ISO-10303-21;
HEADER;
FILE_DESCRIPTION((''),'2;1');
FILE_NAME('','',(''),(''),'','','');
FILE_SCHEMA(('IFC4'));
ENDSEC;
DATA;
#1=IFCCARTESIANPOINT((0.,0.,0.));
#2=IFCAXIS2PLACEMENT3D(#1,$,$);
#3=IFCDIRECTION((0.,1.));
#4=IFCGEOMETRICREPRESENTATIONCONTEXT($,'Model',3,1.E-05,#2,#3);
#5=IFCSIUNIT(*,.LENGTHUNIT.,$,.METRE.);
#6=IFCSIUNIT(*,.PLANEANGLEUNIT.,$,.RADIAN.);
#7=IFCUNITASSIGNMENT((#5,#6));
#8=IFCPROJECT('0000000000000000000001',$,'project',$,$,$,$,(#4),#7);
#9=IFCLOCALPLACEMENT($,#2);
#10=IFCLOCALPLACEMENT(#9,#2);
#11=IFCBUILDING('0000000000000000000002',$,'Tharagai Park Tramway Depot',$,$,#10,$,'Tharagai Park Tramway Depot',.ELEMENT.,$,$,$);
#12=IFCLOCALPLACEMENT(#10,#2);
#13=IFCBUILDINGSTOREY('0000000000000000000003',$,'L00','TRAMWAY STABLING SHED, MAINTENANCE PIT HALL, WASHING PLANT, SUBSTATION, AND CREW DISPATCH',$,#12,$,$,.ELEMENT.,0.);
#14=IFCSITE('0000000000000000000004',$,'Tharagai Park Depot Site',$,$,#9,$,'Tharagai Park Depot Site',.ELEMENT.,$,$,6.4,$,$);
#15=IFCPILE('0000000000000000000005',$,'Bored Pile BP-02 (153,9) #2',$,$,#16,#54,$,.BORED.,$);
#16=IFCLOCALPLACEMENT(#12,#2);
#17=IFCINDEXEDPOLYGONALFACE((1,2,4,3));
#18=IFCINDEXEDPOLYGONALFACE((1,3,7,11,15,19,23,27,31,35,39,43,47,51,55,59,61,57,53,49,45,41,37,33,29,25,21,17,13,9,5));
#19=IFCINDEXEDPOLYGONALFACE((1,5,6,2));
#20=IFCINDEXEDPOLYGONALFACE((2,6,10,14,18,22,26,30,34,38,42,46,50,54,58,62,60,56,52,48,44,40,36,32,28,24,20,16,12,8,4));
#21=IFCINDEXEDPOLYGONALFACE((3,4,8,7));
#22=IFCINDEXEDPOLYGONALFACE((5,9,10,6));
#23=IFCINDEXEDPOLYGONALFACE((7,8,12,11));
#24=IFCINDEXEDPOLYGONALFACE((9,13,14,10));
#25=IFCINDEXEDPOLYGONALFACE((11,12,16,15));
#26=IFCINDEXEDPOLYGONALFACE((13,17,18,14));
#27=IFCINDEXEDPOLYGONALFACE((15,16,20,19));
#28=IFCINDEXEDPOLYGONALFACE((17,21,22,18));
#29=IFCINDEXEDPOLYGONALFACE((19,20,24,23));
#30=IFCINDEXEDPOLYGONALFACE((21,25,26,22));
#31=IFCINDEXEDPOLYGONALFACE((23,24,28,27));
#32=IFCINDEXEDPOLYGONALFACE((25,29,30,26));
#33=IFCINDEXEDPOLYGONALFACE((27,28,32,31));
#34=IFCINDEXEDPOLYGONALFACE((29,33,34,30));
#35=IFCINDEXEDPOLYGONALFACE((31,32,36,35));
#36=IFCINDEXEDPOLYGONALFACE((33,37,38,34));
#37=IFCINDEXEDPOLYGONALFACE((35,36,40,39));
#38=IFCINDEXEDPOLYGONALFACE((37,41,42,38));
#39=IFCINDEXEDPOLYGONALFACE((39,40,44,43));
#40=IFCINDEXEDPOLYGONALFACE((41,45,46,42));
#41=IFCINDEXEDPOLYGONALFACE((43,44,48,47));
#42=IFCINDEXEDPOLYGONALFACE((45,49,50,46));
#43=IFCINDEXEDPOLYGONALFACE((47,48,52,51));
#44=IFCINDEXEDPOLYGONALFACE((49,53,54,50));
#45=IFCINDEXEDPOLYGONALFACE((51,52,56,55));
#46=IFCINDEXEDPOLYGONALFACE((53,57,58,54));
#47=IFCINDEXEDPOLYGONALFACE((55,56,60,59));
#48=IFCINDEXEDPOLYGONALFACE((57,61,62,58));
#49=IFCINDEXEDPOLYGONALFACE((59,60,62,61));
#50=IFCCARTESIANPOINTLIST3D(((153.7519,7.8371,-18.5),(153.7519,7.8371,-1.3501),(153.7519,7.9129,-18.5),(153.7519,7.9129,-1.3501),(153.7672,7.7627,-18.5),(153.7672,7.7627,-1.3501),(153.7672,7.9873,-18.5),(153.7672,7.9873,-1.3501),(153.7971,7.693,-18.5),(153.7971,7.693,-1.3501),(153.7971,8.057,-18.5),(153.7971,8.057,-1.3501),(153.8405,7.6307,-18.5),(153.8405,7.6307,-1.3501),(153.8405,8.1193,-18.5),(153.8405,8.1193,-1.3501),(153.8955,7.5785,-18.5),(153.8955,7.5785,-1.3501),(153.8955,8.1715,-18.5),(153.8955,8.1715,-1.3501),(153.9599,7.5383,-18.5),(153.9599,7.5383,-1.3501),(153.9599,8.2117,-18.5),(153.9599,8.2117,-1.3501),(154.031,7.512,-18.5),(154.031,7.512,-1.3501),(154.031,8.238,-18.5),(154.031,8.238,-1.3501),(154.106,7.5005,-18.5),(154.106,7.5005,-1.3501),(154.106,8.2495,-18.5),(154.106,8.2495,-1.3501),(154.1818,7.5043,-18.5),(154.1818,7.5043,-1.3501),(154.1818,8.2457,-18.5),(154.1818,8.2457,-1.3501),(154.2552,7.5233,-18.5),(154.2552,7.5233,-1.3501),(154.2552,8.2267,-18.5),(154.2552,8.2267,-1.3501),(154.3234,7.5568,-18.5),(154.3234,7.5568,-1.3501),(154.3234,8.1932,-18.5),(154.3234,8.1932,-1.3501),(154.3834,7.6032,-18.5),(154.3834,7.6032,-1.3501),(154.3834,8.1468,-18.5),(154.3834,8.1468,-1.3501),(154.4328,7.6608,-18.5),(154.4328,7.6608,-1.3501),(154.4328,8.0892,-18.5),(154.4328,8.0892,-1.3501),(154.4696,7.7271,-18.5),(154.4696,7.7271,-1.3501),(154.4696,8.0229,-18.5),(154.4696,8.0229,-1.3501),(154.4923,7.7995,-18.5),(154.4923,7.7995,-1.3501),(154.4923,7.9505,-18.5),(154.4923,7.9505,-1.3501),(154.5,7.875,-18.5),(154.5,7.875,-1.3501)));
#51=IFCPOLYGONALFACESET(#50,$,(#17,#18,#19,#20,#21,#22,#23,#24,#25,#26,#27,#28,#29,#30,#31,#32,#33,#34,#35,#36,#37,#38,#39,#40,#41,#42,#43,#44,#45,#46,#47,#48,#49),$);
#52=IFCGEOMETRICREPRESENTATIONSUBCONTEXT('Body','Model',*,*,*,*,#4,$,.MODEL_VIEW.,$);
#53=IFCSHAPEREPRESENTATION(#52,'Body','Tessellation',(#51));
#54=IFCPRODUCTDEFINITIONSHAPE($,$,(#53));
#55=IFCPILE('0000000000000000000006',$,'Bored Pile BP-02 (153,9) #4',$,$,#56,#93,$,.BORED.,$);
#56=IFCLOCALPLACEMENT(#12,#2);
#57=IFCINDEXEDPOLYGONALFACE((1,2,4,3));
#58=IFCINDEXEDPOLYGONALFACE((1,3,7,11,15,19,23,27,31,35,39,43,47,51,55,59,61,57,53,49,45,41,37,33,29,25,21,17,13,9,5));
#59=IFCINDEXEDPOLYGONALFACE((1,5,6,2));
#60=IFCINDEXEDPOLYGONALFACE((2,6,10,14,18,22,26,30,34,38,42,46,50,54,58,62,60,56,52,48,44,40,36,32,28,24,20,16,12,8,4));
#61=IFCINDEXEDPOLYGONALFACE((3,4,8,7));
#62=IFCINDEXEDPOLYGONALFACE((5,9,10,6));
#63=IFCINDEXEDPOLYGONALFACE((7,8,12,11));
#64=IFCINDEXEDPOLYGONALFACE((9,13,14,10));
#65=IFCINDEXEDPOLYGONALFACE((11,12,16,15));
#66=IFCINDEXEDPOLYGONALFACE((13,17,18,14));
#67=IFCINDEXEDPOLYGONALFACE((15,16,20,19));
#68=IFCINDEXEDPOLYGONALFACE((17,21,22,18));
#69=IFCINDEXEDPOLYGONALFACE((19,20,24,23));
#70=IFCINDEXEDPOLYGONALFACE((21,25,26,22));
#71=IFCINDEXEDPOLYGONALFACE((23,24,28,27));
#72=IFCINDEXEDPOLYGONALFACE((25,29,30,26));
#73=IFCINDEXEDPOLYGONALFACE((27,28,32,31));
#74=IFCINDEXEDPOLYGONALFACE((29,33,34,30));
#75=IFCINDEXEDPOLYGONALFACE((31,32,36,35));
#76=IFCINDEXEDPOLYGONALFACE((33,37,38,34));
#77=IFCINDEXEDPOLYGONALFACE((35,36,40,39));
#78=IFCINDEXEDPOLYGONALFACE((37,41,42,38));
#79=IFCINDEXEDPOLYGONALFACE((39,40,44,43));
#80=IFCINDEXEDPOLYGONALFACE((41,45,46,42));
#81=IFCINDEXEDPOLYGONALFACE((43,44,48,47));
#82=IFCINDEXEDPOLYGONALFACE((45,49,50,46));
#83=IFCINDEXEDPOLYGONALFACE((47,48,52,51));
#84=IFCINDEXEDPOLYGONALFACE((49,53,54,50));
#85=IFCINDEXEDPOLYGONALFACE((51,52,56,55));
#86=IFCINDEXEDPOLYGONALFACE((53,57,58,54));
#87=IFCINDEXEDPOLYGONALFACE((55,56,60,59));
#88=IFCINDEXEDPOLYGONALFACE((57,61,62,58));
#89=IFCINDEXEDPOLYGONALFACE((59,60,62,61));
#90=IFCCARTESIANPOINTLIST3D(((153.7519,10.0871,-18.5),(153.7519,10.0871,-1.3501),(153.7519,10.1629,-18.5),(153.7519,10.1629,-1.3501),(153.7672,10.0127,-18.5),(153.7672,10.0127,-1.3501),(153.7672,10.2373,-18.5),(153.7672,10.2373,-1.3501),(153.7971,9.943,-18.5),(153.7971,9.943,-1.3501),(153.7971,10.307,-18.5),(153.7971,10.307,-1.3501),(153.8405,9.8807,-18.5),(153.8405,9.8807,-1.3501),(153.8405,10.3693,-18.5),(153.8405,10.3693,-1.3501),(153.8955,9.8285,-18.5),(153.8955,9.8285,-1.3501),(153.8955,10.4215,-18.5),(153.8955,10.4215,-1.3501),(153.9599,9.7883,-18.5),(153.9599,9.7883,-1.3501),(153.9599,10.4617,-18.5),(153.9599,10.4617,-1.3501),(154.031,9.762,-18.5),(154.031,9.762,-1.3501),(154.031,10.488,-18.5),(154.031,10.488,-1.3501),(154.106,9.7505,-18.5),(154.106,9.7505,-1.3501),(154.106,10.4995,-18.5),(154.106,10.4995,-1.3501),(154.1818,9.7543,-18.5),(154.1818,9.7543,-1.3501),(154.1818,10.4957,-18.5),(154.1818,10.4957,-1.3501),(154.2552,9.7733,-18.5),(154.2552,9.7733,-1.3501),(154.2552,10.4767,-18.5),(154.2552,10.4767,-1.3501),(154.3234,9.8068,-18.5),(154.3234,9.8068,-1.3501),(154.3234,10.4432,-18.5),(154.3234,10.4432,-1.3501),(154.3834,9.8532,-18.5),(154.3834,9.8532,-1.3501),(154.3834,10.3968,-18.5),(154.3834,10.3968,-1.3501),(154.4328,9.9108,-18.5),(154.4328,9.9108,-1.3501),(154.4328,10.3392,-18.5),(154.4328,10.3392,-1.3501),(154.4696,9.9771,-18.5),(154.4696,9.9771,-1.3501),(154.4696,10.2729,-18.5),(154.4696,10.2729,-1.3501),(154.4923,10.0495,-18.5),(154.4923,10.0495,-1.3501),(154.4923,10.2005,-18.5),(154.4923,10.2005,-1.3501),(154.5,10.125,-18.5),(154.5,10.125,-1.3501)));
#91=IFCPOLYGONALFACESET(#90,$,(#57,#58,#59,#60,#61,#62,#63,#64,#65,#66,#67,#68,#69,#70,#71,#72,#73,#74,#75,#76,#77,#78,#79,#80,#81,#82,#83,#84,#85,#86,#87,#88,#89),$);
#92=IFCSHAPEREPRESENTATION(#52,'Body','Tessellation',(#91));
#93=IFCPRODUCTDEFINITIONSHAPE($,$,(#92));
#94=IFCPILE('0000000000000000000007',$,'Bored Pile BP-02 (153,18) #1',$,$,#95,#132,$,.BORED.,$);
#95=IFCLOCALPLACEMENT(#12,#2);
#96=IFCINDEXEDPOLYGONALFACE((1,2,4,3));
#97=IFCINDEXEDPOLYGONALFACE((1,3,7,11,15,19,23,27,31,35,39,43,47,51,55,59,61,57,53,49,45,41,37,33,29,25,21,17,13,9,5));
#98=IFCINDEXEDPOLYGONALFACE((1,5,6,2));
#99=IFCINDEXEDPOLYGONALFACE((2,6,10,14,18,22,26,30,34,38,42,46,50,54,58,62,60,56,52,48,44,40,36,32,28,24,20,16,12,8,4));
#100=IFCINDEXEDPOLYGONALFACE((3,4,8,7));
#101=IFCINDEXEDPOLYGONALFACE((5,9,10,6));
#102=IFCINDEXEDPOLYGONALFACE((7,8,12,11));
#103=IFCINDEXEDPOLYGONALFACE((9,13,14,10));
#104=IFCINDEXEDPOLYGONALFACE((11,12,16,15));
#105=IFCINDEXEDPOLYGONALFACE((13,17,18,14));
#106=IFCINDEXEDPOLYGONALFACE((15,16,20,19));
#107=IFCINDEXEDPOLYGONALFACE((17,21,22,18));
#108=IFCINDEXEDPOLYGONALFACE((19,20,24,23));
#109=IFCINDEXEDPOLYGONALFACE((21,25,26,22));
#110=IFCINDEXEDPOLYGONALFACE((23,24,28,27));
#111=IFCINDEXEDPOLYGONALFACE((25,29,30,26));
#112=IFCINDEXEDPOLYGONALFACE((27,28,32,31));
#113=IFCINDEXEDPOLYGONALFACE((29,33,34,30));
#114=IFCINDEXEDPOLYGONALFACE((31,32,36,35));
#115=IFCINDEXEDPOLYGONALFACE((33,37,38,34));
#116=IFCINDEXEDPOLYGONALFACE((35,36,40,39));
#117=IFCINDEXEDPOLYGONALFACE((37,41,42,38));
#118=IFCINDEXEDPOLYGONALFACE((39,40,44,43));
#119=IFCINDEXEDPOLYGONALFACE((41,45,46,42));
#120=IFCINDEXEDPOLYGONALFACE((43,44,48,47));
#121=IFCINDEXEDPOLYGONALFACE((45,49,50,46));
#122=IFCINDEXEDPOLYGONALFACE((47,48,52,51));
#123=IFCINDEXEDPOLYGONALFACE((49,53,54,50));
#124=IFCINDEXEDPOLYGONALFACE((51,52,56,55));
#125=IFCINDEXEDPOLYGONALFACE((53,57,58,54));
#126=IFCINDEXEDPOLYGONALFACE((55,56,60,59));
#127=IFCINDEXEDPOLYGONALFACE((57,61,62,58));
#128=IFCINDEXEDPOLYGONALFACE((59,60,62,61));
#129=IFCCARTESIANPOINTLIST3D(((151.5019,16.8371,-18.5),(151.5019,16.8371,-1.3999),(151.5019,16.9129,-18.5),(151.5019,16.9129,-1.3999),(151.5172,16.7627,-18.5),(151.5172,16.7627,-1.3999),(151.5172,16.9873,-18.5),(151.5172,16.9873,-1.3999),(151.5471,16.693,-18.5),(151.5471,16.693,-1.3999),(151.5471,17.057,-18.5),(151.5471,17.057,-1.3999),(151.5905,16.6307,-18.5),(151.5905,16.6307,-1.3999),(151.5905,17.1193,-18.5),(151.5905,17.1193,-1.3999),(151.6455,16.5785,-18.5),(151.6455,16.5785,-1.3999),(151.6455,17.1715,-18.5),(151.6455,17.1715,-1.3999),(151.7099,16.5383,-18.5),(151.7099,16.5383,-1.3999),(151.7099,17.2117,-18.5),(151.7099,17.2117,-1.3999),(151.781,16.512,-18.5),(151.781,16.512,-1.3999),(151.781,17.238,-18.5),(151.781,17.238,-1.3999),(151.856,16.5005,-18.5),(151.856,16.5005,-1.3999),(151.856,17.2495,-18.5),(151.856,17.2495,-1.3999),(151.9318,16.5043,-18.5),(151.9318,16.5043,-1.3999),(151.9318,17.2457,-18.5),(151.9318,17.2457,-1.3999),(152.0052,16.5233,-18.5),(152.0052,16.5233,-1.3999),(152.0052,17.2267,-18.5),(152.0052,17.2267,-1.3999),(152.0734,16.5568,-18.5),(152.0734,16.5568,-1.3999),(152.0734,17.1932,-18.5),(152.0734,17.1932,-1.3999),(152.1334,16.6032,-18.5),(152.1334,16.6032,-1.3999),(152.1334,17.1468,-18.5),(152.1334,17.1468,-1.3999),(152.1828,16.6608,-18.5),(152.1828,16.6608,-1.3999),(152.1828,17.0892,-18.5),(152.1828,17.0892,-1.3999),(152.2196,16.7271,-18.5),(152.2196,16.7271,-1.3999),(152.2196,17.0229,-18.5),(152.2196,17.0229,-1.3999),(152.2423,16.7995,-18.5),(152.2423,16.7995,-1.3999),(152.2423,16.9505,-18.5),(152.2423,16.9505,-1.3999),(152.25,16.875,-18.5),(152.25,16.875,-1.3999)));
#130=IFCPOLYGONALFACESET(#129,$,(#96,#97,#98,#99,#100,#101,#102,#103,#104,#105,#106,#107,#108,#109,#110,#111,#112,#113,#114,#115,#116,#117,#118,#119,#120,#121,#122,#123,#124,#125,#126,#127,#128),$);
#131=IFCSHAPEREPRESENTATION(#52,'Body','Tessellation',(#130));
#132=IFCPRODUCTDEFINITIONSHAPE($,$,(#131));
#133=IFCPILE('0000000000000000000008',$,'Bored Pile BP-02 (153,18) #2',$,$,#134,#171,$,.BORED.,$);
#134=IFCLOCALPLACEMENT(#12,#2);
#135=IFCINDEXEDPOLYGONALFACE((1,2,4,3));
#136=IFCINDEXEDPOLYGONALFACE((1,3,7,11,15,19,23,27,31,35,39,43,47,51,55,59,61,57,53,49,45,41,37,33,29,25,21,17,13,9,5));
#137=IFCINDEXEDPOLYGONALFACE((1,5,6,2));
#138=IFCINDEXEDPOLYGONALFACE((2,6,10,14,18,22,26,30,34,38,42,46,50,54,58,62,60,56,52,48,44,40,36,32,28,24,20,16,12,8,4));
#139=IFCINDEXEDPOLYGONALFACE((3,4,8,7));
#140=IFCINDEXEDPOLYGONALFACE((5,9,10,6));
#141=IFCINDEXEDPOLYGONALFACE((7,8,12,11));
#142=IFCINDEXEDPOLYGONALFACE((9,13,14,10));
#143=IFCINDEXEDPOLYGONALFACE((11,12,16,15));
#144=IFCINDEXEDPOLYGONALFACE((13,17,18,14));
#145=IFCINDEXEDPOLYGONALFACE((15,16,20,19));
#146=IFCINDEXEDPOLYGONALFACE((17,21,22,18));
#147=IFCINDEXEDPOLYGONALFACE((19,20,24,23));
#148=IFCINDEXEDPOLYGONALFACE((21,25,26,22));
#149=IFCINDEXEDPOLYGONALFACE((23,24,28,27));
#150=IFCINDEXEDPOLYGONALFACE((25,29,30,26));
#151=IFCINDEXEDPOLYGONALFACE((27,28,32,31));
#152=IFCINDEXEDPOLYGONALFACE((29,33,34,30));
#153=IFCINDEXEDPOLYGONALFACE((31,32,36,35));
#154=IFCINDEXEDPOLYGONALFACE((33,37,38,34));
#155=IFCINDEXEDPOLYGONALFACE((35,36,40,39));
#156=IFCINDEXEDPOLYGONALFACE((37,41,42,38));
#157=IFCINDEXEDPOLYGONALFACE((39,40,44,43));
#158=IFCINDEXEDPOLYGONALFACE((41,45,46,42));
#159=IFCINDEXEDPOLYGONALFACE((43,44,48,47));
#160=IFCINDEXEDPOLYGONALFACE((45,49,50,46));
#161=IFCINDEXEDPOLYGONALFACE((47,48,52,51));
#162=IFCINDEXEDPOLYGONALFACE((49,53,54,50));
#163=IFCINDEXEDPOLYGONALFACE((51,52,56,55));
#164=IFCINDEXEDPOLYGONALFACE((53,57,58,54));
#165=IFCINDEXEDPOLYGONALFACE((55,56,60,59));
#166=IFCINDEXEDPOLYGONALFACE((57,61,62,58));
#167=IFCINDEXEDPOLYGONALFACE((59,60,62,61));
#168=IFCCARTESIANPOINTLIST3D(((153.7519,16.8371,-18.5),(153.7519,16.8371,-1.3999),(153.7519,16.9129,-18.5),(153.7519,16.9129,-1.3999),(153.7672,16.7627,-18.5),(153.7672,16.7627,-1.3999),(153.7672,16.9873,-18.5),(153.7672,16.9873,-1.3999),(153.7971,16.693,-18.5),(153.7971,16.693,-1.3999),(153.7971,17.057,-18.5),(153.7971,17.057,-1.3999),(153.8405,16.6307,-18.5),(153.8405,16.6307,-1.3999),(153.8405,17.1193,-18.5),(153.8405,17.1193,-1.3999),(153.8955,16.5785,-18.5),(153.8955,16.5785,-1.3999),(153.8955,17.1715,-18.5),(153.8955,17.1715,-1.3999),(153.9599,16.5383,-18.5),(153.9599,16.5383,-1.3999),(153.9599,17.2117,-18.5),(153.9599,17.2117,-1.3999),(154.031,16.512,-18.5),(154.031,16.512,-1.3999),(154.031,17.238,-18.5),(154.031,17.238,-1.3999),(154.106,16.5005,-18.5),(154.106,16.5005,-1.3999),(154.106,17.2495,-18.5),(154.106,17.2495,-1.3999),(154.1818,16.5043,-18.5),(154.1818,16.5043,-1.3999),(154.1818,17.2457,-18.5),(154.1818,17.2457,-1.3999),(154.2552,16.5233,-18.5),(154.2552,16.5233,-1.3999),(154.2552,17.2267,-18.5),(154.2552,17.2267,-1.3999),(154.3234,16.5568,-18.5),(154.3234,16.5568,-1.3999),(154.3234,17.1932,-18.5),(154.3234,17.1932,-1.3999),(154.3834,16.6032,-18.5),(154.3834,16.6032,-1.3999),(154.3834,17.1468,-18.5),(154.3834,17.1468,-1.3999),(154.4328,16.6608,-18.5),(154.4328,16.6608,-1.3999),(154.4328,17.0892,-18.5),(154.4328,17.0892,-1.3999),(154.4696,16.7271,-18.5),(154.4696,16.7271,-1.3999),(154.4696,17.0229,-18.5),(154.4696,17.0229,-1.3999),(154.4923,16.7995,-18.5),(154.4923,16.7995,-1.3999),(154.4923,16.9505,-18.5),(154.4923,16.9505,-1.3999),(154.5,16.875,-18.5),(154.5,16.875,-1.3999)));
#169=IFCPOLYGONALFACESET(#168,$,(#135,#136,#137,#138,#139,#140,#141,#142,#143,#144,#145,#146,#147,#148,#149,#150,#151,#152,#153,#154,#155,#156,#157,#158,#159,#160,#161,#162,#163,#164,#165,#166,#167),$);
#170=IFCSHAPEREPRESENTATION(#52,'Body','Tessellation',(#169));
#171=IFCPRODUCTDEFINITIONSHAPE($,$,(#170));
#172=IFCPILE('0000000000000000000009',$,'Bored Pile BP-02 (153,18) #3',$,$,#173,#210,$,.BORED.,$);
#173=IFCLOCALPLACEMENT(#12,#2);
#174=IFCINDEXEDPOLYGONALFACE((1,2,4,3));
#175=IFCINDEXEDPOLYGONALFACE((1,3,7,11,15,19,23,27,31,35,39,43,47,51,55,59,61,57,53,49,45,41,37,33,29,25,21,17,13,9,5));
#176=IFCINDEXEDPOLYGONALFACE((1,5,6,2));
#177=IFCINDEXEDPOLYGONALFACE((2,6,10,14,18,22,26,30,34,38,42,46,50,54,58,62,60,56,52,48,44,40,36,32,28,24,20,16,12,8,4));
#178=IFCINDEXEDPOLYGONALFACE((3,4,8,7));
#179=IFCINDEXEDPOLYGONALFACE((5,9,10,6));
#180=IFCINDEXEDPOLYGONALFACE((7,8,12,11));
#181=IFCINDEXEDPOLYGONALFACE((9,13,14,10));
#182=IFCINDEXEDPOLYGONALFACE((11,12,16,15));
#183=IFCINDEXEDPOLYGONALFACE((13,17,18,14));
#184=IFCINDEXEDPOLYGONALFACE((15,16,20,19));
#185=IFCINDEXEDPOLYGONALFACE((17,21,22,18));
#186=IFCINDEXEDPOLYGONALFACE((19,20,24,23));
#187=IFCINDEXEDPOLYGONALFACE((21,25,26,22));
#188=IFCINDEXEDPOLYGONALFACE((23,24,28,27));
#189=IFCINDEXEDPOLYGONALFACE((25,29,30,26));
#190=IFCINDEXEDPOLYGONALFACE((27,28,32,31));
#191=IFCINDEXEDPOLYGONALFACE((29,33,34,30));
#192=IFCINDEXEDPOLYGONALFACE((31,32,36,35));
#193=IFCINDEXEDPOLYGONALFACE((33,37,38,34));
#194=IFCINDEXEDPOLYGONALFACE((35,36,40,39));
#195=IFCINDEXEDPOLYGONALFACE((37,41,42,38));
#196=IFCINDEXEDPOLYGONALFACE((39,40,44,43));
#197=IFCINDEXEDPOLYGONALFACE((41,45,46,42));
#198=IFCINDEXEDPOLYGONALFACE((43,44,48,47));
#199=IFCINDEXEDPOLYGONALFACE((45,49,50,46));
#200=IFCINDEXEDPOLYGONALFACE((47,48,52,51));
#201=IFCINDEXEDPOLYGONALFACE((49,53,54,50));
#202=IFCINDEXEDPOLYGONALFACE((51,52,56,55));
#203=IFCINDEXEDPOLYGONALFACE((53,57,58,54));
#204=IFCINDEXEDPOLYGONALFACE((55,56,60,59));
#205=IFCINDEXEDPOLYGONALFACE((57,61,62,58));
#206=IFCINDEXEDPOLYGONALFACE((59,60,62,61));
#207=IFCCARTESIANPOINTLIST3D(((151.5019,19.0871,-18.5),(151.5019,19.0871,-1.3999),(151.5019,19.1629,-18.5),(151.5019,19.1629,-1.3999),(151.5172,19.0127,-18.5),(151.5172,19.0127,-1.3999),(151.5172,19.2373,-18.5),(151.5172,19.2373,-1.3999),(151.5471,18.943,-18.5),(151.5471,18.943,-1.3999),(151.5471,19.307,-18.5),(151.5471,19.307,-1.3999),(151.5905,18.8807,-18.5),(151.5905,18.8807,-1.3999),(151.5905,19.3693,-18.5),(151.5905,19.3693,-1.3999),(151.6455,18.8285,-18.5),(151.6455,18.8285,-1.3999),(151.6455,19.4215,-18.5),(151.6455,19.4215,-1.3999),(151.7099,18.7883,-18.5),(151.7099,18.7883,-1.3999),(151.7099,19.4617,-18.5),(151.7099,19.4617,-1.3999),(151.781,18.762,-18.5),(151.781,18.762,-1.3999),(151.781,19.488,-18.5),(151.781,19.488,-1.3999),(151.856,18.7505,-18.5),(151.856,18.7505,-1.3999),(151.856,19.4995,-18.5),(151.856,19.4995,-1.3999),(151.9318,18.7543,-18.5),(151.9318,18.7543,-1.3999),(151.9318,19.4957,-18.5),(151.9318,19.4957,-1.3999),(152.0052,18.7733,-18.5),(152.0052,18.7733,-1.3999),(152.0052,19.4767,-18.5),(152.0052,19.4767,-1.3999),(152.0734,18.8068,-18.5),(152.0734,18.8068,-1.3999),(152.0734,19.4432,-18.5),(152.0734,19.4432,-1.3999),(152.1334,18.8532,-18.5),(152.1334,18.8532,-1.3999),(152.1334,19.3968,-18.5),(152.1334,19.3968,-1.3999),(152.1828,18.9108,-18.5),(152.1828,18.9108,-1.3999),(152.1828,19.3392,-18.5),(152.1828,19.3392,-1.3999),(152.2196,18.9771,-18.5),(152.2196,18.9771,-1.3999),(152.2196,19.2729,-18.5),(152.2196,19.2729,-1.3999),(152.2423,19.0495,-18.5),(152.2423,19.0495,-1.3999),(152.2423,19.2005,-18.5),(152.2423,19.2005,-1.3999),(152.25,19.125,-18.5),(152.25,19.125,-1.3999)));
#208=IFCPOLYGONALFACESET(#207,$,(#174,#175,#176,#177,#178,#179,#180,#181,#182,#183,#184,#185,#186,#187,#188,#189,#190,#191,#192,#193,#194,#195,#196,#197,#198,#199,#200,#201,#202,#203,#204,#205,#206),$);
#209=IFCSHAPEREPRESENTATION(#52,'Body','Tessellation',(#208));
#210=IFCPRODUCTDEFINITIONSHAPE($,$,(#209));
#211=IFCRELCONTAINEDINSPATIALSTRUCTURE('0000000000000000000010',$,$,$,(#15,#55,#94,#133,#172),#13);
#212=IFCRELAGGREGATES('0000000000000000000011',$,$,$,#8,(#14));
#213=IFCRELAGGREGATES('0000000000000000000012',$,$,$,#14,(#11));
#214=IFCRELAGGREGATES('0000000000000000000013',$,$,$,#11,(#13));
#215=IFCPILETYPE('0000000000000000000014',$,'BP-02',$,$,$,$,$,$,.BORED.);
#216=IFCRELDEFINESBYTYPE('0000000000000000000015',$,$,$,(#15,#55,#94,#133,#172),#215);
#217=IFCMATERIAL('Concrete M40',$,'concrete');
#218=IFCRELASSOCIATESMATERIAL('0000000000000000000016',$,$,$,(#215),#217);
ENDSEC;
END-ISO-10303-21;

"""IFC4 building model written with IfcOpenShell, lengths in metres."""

from ifc_helpers import new_model, si_unit, direction, frame, origin, origin_2d, place, context, subcontext, project, spatial, circle, extrude, material, material_profile, profile_set, type_object, element, save


model = new_model("IFC4")

# Units and contexts
model_context = context("Model", 3, precision=1e-05, world=origin(), true_north=direction((0.0, 1.0)))
body_context = subcontext(model_context, "Body", "Model", "MODEL_VIEW")
ifc_project = project(units=[si_unit("LENGTHUNIT", "METRE"), si_unit("PLANEANGLEUNIT", "RADIAN")], contexts=[model_context])

# Site, building, storey
site_placement = place(None, origin())
site = spatial("IfcSite", under=ifc_project, at=site_placement, Name="Tharagai Park Depot Site", LongName="Tharagai Park Depot Site", CompositionType="ELEMENT", RefElevation=6.4)
building_placement = place(site_placement, origin())
building = spatial("IfcBuilding", under=site, at=building_placement, Name="Tharagai Park Tramway Depot", LongName="Tharagai Park Tramway Depot", CompositionType="ELEMENT")
storey_placement = place(building_placement, origin())
storey = spatial("IfcBuildingStorey", under=building, at=storey_placement, Name="L00", Description="TRAMWAY STABLING SHED, MAINTENANCE PIT HALL, WASHING PLANT, SUBSTATION, AND CREW DISPATCH", CompositionType="ELEMENT", Elevation=0.0)

# Piles
ifc_material_1 = material(Name="Concrete M40", Category="concrete")
ifc_material_profile_1 = material_profile(ifc_material_1, circle(Radius=0.375, at=origin_2d()), Name="PILE D750")
ifc_profile_set_1 = profile_set([ifc_material_profile_1], Name="Concrete M40")
pile_type = type_object("IfcPileType", Name="BP-02", PredefinedType="BORED", material=ifc_profile_set_1)
for number, where, z_axis, x_axis, name in (
    (1, (154.125, 7.875, -1.3501), (0.0, 0.0, -1.0), (1.0, 0.0, 0.0), "Bored Pile BP-02 (153,9) #2"),
    (2, (154.125, 10.125, -1.3501), (0.0, 0.0, -1.0), (1.0, 0.0, 0.0), "Bored Pile BP-02 (153,9) #4"),
):
    element("IfcPile", number, at=place(storey_placement, frame(where, z_axis=z_axis, x_axis=x_axis)), inside=storey, type_object=pile_type, Name=name, PredefinedType="BORED", context=body_context, shape_type="SweptSolid", body=[
        extrude(circle(Radius=0.375, at=origin_2d()), origin(), (0.0, 0.0, 1.0), 17.1499),
    ])
for number, where, z_axis, x_axis, name in (
    (3, (151.875, 16.875, -1.3999), (0.0, 0.0, -1.0), (1.0, 0.0, 0.0), "Bored Pile BP-02 (153,18) #1"),
    (4, (154.125, 16.875, -1.3999), (0.0, 0.0, -1.0), (1.0, 0.0, 0.0), "Bored Pile BP-02 (153,18) #2"),
    (5, (151.875, 19.125, -1.3999), (0.0, 0.0, -1.0), (1.0, 0.0, 0.0), "Bored Pile BP-02 (153,18) #3"),
):
    element("IfcPile", number, at=place(storey_placement, frame(where, z_axis=z_axis, x_axis=x_axis)), inside=storey, type_object=pile_type, Name=name, PredefinedType="BORED", context=body_context, shape_type="SweptSolid", body=[
        extrude(circle(Radius=0.375, at=origin_2d()), origin(), (0.0, 0.0, 1.0), 17.1001),
    ])

save(model, "model.ifc")
